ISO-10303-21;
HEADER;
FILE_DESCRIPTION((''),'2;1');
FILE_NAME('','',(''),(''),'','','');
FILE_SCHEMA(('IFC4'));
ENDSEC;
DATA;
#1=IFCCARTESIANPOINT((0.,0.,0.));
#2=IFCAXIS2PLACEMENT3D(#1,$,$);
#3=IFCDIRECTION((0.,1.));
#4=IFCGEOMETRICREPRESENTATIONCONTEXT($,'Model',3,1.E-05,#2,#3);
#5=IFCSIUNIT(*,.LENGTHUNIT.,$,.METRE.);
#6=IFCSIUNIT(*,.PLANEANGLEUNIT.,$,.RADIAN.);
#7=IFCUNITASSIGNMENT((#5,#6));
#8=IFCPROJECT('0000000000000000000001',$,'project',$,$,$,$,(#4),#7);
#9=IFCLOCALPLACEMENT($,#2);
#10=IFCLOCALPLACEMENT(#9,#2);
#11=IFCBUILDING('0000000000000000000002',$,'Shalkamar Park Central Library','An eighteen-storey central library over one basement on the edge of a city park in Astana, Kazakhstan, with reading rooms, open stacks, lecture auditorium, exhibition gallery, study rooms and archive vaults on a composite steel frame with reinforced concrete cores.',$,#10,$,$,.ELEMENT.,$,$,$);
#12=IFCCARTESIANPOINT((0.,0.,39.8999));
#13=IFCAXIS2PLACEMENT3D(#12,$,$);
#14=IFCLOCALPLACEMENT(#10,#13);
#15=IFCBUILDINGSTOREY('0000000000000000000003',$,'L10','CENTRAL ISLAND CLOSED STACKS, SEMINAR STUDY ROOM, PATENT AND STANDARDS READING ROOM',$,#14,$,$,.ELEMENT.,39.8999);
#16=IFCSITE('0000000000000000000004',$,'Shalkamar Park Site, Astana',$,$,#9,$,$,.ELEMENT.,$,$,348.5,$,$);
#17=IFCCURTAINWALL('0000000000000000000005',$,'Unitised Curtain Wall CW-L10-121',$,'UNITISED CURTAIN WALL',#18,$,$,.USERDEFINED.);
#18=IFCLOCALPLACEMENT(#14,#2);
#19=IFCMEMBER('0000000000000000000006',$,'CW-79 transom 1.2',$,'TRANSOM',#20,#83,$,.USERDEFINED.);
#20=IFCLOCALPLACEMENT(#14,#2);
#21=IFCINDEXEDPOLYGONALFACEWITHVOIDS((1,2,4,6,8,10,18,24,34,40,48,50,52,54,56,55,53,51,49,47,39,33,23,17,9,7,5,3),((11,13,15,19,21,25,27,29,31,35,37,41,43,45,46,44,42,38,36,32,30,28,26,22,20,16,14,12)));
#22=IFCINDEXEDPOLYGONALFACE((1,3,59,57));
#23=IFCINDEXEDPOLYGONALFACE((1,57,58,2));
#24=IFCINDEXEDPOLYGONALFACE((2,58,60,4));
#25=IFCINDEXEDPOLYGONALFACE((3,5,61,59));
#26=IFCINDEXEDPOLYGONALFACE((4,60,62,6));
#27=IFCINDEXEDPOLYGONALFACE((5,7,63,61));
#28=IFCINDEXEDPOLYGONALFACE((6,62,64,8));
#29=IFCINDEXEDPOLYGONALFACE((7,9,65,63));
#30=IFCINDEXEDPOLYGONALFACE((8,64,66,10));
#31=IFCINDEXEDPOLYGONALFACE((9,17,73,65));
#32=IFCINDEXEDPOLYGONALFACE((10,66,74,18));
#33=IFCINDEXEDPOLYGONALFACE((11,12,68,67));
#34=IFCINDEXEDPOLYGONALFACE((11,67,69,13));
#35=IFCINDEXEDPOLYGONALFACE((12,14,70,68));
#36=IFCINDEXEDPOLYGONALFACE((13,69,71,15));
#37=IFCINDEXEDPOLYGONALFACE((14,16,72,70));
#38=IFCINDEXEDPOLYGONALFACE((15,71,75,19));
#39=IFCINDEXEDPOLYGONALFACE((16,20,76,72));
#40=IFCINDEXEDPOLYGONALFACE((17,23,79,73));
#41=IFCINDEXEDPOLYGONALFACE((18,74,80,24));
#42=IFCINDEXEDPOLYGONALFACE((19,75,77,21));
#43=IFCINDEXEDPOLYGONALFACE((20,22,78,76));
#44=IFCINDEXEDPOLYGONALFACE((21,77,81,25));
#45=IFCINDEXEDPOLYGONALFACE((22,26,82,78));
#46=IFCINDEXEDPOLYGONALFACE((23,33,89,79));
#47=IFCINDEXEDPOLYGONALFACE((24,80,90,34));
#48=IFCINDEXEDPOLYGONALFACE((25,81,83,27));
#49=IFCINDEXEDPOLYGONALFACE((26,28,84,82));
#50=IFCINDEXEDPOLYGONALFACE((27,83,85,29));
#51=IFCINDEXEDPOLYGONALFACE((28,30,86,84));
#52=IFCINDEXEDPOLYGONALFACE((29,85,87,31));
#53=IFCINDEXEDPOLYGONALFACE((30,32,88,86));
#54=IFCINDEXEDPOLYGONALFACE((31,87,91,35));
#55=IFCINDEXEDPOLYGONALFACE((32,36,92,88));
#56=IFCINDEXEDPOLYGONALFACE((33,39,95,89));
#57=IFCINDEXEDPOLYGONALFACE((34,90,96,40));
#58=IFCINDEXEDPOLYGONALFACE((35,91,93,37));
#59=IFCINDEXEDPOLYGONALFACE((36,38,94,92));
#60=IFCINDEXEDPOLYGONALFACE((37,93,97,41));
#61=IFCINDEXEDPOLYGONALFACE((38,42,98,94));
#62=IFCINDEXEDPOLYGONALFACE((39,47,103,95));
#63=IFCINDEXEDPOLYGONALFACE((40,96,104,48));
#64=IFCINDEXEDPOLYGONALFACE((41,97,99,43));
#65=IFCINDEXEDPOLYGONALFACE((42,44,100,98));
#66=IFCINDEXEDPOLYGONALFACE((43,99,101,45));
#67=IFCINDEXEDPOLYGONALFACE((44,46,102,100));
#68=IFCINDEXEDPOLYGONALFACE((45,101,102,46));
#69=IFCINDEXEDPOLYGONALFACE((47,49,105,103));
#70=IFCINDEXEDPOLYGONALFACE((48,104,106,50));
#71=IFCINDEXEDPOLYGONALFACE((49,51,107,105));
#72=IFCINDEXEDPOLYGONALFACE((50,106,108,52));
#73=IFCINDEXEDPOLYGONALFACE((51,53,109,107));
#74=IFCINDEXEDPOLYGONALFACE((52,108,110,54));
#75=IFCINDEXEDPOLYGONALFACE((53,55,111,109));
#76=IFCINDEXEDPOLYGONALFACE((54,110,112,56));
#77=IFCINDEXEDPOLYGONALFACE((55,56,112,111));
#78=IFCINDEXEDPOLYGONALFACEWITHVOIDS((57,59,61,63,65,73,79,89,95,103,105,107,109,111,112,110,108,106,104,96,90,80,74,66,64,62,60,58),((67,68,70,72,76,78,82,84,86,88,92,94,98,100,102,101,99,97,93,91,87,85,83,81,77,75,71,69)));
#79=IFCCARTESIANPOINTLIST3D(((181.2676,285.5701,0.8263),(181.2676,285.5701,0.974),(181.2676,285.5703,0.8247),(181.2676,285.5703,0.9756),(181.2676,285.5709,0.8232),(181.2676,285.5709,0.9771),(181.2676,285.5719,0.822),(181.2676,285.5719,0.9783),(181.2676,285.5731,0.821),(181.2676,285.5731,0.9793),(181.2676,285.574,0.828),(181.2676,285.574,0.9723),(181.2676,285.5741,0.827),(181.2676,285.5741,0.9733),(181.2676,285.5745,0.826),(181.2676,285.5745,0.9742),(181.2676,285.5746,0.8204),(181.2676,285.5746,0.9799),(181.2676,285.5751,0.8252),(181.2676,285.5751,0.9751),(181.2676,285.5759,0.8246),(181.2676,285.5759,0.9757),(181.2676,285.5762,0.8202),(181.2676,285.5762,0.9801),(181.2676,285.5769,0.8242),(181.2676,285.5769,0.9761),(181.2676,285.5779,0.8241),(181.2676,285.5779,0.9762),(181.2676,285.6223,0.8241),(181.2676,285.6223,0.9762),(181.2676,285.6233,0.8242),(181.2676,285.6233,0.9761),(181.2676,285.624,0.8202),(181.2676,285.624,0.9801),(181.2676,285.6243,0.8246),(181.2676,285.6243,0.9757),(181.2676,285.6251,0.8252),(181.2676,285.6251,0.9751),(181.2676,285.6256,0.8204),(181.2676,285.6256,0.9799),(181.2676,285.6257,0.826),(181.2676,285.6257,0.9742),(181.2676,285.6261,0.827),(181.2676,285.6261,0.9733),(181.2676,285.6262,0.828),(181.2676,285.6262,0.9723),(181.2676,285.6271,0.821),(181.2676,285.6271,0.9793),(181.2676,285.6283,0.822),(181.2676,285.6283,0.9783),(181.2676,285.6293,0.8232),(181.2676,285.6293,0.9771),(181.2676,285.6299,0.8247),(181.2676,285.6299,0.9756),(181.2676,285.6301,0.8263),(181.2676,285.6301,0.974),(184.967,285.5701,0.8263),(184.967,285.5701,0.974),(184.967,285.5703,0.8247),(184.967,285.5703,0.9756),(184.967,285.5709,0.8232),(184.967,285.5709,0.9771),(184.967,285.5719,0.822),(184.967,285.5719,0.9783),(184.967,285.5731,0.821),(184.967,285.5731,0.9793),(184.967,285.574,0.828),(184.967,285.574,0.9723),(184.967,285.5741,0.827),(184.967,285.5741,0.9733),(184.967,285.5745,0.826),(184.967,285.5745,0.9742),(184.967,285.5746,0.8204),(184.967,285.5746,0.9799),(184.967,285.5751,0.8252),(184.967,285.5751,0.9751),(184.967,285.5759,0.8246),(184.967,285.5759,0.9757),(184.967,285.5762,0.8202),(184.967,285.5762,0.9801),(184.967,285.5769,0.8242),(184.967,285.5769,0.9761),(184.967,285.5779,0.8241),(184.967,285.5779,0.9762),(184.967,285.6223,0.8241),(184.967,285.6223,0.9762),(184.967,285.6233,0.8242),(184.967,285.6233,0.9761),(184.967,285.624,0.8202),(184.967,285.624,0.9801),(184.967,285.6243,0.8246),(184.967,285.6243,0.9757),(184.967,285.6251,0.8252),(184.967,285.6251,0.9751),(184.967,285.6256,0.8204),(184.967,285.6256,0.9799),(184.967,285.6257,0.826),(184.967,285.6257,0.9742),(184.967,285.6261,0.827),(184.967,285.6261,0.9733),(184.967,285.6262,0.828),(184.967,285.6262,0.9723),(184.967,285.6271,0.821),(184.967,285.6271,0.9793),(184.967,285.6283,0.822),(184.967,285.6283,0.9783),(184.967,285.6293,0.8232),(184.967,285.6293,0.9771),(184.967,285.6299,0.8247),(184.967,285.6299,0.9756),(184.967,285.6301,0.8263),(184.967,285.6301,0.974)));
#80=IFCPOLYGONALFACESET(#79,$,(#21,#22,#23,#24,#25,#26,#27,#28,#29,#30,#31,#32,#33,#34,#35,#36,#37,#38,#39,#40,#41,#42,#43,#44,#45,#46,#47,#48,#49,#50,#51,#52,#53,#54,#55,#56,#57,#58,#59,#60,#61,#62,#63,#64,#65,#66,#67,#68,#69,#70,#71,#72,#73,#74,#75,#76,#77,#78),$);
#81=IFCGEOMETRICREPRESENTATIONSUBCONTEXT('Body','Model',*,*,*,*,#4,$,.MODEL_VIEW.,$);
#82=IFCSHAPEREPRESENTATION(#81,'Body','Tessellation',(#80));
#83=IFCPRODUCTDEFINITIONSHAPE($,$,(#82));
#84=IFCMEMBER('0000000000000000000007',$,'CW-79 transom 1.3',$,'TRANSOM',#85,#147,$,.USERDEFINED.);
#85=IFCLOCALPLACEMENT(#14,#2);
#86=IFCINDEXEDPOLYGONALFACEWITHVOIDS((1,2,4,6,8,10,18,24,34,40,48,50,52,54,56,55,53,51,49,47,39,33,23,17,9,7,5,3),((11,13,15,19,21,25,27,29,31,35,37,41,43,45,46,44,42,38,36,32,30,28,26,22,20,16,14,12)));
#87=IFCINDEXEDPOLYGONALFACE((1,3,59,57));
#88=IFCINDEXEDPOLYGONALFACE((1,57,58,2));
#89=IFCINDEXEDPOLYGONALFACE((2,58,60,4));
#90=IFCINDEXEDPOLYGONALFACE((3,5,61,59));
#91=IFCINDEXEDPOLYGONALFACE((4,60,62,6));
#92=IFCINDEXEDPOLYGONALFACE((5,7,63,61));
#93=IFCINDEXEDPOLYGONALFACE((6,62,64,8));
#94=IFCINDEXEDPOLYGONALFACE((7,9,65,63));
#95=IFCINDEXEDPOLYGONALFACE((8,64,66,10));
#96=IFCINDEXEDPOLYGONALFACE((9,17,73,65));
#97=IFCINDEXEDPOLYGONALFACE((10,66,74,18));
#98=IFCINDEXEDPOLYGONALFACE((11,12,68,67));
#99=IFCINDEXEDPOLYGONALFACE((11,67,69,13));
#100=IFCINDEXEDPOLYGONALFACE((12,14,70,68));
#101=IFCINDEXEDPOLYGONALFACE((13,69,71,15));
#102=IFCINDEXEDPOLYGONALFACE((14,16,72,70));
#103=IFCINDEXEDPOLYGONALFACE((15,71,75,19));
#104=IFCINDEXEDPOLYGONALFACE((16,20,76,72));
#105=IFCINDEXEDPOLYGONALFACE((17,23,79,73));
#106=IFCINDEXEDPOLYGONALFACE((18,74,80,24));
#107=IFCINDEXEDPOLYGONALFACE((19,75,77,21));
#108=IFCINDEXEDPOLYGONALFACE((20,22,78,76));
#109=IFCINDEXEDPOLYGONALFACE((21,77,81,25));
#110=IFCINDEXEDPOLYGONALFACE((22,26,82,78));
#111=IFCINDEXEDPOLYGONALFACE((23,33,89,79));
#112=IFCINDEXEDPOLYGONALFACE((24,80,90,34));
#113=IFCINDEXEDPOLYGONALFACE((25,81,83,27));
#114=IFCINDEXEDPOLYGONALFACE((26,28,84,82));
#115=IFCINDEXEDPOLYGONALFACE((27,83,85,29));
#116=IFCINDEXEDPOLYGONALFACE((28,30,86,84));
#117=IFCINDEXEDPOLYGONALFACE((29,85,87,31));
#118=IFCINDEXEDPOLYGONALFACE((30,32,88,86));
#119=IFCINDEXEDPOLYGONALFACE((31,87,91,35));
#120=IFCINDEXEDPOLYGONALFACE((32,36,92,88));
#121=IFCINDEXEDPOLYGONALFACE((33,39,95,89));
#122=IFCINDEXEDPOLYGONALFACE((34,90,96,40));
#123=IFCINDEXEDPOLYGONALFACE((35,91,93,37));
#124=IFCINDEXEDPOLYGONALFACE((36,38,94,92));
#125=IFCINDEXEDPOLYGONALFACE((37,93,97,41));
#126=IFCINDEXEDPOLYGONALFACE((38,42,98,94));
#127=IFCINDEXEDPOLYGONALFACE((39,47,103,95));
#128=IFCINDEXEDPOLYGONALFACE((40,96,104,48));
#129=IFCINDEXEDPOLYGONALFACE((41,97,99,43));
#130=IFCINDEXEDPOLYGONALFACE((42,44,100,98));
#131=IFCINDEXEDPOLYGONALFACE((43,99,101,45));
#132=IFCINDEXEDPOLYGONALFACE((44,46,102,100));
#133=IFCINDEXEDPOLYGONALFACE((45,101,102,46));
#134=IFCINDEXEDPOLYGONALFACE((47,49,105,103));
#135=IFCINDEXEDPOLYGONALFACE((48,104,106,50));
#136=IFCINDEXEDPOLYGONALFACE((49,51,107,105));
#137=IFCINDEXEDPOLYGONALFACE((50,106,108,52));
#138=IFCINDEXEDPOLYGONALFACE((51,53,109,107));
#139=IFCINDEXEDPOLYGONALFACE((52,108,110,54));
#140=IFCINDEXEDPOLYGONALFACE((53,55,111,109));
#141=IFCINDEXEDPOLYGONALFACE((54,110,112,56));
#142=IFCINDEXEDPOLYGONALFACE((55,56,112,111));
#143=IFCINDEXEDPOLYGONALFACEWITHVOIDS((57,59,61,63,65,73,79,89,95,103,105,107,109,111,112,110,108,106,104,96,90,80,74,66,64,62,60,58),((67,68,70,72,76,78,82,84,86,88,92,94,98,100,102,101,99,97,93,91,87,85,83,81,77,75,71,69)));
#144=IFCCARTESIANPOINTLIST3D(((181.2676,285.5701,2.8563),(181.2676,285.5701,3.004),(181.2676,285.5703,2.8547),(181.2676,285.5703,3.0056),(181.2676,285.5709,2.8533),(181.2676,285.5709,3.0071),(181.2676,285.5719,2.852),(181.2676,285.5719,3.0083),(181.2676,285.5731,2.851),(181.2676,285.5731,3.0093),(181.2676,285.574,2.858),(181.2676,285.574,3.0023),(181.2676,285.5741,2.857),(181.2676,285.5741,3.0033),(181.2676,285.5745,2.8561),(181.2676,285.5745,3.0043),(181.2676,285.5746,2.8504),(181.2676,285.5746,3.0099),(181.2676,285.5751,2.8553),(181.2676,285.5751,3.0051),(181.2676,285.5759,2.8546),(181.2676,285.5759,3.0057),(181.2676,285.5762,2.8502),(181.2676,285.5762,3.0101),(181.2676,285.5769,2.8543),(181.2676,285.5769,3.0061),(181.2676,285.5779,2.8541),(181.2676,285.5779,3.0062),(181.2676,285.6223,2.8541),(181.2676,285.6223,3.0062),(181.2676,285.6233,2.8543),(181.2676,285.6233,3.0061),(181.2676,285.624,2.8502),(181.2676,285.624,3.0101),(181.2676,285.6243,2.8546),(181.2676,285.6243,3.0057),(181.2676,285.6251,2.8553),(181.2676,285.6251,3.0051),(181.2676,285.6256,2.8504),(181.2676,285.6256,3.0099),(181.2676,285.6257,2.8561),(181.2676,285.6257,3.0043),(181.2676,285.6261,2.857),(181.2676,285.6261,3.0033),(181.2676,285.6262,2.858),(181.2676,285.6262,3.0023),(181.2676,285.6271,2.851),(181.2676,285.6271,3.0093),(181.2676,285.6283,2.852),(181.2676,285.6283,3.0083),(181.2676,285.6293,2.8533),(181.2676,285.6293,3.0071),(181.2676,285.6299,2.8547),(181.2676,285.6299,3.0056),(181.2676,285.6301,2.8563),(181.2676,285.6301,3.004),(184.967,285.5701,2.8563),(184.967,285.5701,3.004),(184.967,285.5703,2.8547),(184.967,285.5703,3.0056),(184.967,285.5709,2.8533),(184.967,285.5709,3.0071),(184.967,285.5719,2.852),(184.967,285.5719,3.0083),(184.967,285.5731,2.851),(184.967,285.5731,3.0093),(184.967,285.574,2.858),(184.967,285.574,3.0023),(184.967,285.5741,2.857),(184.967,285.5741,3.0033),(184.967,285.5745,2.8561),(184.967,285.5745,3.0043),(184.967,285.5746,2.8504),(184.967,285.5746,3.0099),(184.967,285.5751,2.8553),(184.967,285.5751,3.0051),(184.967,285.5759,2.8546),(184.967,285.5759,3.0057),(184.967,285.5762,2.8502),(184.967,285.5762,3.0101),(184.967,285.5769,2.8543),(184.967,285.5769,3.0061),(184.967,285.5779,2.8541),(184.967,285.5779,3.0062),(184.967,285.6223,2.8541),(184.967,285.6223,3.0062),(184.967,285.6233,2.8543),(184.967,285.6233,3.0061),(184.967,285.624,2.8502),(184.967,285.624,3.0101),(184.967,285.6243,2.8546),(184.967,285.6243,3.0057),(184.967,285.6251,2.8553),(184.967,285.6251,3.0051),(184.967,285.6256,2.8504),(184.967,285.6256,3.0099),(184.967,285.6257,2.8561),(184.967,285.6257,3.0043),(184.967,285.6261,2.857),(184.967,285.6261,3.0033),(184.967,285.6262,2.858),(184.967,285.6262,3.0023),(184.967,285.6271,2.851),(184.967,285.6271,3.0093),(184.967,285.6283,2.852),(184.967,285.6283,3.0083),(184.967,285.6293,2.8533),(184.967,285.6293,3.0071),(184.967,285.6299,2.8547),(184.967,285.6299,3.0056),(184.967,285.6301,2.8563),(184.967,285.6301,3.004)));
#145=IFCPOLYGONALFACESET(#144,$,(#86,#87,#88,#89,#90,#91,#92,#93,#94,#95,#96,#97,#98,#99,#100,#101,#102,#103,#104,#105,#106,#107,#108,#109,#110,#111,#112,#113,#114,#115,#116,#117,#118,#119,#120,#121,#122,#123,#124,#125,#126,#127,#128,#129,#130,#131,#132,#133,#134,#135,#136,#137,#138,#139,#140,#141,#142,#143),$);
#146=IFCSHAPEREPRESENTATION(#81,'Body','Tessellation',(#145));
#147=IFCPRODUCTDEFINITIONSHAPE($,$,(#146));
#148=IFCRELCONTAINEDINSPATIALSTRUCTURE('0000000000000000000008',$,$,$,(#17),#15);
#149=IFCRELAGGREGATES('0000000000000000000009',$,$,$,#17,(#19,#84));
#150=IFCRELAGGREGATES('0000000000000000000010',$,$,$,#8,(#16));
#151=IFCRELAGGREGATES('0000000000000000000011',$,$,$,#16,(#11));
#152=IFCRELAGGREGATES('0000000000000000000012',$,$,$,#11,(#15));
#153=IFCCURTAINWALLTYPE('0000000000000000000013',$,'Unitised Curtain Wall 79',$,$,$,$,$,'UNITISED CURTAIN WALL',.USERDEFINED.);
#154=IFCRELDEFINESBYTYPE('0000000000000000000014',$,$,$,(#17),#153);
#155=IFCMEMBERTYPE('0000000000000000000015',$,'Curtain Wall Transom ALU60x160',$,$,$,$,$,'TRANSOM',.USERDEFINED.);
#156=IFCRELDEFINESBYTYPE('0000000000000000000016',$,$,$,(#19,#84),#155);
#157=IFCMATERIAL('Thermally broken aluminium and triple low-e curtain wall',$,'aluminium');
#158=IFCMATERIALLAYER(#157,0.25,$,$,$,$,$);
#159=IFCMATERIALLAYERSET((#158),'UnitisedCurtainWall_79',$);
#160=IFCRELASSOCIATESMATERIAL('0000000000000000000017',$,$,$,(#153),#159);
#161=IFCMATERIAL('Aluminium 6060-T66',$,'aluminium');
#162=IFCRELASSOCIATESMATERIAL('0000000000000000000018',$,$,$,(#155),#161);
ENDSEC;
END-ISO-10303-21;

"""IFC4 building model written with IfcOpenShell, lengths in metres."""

from ifc_helpers import new_model, si_unit, direction, frame, origin, origin_2d, place, context, subcontext, project, spatial, hollow_rectangle, extrude, material, layer, layer_set, material_profile, profile_set, type_object, element, aggregate, save


model = new_model("IFC4")

# Units and contexts
model_context = context("Model", 3, precision=1e-05, world=origin(), true_north=direction((0.0, 1.0)))
body_context = subcontext(model_context, "Body", "Model", "MODEL_VIEW")
ifc_project = project(units=[si_unit("LENGTHUNIT", "METRE"), si_unit("PLANEANGLEUNIT", "RADIAN")], contexts=[model_context])

# Site, building, storey
site_placement = place(None, origin())
site = spatial("IfcSite", under=ifc_project, at=site_placement, Name="Shalkamar Park Site, Astana", CompositionType="ELEMENT", RefElevation=348.5)
building_placement = place(site_placement, origin())
building = spatial("IfcBuilding", under=site, at=building_placement, Name="Shalkamar Park Central Library", Description="An eighteen-storey central library over one basement on the edge of a city park in Astana, Kazakhstan, with reading rooms, open stacks, lecture auditorium, exhibition gallery, study rooms and archive vaults on a composite steel frame with reinforced concrete cores.", CompositionType="ELEMENT")
storey_placement = place(building_placement, frame((0.0, 0.0, 39.8999)))
storey = spatial("IfcBuildingStorey", under=building, at=storey_placement, Name="L10", Description="CENTRAL ISLAND CLOSED STACKS, SEMINAR STUDY ROOM, PATENT AND STANDARDS READING ROOM", CompositionType="ELEMENT", Elevation=39.8999)

# Curtain wall
ifc_material_1 = material(Name="Thermally broken aluminium and triple low-e curtain wall", Category="aluminium")
ifc_layer_1 = layer(ifc_material_1, 0.25)
ifc_layer_set_1 = layer_set([ifc_layer_1], Name="UnitisedCurtainWall_79")
curtain_wall_type_1 = type_object("IfcCurtainWallType", Name="Unitised Curtain Wall 79", ElementType="UNITISED CURTAIN WALL", PredefinedType="USERDEFINED", material=ifc_layer_set_1)
curtain_wall_1_placement = place(storey_placement, origin())
curtain_wall_1 = element("IfcCurtainWall", 1, at=curtain_wall_1_placement, inside=storey, type_object=curtain_wall_type_1, Name="Unitised Curtain Wall CW-L10-121", ObjectType="UNITISED CURTAIN WALL", PredefinedType="USERDEFINED")
ifc_material_2 = material(Name="Aluminium 6060-T66", Category="aluminium")

# Members
ifc_material_profile_1 = material_profile(ifc_material_2, hollow_rectangle(XDim=0.0601, YDim=0.1599, WallThickness=0.0039, InnerFilletRadius=0.0039, OuterFilletRadius=0.0061, at=origin_2d()), Name="ALU 60x160x4")
ifc_profile_set_1 = profile_set([ifc_material_profile_1], Name="Aluminium 6060-T66")
member_type_1 = type_object("IfcMemberType", Name="Curtain Wall Transom ALU60x160", ElementType="TRANSOM", PredefinedType="USERDEFINED", material=ifc_profile_set_1)
member_1_placement = place(storey_placement, frame((181.2676, 285.6001, 0.9001), z_axis=(1.0, 0.0, 0.0), x_axis=(0.0, 1.0, 0.0)))
member_1 = element("IfcMember", 2, at=member_1_placement, type_object=member_type_1, Name="CW-79 transom 1.2", ObjectType="TRANSOM", PredefinedType="USERDEFINED", context=body_context, shape_type="SweptSolid", body=[
    extrude(hollow_rectangle(XDim=0.0601, YDim=0.1599, WallThickness=0.0039, InnerFilletRadius=0.0039, OuterFilletRadius=0.0061, at=origin_2d()), origin(), (0.0, 0.0, 1.0), 3.6995),
])
member_2_placement = place(storey_placement, frame((181.2676, 285.6001, 2.9302), z_axis=(1.0, 0.0, 0.0), x_axis=(0.0, 1.0, 0.0)))
member_2 = element("IfcMember", 3, at=member_2_placement, type_object=member_type_1, Name="CW-79 transom 1.3", ObjectType="TRANSOM", PredefinedType="USERDEFINED", context=body_context, shape_type="SweptSolid", body=[
    extrude(hollow_rectangle(XDim=0.0601, YDim=0.1599, WallThickness=0.0039, InnerFilletRadius=0.0039, OuterFilletRadius=0.0061, at=origin_2d()), origin(), (0.0, 0.0, 1.0), 3.6995),
])

aggregate(curtain_wall_1, [member_1, member_2])

save(model, "model.ifc")
